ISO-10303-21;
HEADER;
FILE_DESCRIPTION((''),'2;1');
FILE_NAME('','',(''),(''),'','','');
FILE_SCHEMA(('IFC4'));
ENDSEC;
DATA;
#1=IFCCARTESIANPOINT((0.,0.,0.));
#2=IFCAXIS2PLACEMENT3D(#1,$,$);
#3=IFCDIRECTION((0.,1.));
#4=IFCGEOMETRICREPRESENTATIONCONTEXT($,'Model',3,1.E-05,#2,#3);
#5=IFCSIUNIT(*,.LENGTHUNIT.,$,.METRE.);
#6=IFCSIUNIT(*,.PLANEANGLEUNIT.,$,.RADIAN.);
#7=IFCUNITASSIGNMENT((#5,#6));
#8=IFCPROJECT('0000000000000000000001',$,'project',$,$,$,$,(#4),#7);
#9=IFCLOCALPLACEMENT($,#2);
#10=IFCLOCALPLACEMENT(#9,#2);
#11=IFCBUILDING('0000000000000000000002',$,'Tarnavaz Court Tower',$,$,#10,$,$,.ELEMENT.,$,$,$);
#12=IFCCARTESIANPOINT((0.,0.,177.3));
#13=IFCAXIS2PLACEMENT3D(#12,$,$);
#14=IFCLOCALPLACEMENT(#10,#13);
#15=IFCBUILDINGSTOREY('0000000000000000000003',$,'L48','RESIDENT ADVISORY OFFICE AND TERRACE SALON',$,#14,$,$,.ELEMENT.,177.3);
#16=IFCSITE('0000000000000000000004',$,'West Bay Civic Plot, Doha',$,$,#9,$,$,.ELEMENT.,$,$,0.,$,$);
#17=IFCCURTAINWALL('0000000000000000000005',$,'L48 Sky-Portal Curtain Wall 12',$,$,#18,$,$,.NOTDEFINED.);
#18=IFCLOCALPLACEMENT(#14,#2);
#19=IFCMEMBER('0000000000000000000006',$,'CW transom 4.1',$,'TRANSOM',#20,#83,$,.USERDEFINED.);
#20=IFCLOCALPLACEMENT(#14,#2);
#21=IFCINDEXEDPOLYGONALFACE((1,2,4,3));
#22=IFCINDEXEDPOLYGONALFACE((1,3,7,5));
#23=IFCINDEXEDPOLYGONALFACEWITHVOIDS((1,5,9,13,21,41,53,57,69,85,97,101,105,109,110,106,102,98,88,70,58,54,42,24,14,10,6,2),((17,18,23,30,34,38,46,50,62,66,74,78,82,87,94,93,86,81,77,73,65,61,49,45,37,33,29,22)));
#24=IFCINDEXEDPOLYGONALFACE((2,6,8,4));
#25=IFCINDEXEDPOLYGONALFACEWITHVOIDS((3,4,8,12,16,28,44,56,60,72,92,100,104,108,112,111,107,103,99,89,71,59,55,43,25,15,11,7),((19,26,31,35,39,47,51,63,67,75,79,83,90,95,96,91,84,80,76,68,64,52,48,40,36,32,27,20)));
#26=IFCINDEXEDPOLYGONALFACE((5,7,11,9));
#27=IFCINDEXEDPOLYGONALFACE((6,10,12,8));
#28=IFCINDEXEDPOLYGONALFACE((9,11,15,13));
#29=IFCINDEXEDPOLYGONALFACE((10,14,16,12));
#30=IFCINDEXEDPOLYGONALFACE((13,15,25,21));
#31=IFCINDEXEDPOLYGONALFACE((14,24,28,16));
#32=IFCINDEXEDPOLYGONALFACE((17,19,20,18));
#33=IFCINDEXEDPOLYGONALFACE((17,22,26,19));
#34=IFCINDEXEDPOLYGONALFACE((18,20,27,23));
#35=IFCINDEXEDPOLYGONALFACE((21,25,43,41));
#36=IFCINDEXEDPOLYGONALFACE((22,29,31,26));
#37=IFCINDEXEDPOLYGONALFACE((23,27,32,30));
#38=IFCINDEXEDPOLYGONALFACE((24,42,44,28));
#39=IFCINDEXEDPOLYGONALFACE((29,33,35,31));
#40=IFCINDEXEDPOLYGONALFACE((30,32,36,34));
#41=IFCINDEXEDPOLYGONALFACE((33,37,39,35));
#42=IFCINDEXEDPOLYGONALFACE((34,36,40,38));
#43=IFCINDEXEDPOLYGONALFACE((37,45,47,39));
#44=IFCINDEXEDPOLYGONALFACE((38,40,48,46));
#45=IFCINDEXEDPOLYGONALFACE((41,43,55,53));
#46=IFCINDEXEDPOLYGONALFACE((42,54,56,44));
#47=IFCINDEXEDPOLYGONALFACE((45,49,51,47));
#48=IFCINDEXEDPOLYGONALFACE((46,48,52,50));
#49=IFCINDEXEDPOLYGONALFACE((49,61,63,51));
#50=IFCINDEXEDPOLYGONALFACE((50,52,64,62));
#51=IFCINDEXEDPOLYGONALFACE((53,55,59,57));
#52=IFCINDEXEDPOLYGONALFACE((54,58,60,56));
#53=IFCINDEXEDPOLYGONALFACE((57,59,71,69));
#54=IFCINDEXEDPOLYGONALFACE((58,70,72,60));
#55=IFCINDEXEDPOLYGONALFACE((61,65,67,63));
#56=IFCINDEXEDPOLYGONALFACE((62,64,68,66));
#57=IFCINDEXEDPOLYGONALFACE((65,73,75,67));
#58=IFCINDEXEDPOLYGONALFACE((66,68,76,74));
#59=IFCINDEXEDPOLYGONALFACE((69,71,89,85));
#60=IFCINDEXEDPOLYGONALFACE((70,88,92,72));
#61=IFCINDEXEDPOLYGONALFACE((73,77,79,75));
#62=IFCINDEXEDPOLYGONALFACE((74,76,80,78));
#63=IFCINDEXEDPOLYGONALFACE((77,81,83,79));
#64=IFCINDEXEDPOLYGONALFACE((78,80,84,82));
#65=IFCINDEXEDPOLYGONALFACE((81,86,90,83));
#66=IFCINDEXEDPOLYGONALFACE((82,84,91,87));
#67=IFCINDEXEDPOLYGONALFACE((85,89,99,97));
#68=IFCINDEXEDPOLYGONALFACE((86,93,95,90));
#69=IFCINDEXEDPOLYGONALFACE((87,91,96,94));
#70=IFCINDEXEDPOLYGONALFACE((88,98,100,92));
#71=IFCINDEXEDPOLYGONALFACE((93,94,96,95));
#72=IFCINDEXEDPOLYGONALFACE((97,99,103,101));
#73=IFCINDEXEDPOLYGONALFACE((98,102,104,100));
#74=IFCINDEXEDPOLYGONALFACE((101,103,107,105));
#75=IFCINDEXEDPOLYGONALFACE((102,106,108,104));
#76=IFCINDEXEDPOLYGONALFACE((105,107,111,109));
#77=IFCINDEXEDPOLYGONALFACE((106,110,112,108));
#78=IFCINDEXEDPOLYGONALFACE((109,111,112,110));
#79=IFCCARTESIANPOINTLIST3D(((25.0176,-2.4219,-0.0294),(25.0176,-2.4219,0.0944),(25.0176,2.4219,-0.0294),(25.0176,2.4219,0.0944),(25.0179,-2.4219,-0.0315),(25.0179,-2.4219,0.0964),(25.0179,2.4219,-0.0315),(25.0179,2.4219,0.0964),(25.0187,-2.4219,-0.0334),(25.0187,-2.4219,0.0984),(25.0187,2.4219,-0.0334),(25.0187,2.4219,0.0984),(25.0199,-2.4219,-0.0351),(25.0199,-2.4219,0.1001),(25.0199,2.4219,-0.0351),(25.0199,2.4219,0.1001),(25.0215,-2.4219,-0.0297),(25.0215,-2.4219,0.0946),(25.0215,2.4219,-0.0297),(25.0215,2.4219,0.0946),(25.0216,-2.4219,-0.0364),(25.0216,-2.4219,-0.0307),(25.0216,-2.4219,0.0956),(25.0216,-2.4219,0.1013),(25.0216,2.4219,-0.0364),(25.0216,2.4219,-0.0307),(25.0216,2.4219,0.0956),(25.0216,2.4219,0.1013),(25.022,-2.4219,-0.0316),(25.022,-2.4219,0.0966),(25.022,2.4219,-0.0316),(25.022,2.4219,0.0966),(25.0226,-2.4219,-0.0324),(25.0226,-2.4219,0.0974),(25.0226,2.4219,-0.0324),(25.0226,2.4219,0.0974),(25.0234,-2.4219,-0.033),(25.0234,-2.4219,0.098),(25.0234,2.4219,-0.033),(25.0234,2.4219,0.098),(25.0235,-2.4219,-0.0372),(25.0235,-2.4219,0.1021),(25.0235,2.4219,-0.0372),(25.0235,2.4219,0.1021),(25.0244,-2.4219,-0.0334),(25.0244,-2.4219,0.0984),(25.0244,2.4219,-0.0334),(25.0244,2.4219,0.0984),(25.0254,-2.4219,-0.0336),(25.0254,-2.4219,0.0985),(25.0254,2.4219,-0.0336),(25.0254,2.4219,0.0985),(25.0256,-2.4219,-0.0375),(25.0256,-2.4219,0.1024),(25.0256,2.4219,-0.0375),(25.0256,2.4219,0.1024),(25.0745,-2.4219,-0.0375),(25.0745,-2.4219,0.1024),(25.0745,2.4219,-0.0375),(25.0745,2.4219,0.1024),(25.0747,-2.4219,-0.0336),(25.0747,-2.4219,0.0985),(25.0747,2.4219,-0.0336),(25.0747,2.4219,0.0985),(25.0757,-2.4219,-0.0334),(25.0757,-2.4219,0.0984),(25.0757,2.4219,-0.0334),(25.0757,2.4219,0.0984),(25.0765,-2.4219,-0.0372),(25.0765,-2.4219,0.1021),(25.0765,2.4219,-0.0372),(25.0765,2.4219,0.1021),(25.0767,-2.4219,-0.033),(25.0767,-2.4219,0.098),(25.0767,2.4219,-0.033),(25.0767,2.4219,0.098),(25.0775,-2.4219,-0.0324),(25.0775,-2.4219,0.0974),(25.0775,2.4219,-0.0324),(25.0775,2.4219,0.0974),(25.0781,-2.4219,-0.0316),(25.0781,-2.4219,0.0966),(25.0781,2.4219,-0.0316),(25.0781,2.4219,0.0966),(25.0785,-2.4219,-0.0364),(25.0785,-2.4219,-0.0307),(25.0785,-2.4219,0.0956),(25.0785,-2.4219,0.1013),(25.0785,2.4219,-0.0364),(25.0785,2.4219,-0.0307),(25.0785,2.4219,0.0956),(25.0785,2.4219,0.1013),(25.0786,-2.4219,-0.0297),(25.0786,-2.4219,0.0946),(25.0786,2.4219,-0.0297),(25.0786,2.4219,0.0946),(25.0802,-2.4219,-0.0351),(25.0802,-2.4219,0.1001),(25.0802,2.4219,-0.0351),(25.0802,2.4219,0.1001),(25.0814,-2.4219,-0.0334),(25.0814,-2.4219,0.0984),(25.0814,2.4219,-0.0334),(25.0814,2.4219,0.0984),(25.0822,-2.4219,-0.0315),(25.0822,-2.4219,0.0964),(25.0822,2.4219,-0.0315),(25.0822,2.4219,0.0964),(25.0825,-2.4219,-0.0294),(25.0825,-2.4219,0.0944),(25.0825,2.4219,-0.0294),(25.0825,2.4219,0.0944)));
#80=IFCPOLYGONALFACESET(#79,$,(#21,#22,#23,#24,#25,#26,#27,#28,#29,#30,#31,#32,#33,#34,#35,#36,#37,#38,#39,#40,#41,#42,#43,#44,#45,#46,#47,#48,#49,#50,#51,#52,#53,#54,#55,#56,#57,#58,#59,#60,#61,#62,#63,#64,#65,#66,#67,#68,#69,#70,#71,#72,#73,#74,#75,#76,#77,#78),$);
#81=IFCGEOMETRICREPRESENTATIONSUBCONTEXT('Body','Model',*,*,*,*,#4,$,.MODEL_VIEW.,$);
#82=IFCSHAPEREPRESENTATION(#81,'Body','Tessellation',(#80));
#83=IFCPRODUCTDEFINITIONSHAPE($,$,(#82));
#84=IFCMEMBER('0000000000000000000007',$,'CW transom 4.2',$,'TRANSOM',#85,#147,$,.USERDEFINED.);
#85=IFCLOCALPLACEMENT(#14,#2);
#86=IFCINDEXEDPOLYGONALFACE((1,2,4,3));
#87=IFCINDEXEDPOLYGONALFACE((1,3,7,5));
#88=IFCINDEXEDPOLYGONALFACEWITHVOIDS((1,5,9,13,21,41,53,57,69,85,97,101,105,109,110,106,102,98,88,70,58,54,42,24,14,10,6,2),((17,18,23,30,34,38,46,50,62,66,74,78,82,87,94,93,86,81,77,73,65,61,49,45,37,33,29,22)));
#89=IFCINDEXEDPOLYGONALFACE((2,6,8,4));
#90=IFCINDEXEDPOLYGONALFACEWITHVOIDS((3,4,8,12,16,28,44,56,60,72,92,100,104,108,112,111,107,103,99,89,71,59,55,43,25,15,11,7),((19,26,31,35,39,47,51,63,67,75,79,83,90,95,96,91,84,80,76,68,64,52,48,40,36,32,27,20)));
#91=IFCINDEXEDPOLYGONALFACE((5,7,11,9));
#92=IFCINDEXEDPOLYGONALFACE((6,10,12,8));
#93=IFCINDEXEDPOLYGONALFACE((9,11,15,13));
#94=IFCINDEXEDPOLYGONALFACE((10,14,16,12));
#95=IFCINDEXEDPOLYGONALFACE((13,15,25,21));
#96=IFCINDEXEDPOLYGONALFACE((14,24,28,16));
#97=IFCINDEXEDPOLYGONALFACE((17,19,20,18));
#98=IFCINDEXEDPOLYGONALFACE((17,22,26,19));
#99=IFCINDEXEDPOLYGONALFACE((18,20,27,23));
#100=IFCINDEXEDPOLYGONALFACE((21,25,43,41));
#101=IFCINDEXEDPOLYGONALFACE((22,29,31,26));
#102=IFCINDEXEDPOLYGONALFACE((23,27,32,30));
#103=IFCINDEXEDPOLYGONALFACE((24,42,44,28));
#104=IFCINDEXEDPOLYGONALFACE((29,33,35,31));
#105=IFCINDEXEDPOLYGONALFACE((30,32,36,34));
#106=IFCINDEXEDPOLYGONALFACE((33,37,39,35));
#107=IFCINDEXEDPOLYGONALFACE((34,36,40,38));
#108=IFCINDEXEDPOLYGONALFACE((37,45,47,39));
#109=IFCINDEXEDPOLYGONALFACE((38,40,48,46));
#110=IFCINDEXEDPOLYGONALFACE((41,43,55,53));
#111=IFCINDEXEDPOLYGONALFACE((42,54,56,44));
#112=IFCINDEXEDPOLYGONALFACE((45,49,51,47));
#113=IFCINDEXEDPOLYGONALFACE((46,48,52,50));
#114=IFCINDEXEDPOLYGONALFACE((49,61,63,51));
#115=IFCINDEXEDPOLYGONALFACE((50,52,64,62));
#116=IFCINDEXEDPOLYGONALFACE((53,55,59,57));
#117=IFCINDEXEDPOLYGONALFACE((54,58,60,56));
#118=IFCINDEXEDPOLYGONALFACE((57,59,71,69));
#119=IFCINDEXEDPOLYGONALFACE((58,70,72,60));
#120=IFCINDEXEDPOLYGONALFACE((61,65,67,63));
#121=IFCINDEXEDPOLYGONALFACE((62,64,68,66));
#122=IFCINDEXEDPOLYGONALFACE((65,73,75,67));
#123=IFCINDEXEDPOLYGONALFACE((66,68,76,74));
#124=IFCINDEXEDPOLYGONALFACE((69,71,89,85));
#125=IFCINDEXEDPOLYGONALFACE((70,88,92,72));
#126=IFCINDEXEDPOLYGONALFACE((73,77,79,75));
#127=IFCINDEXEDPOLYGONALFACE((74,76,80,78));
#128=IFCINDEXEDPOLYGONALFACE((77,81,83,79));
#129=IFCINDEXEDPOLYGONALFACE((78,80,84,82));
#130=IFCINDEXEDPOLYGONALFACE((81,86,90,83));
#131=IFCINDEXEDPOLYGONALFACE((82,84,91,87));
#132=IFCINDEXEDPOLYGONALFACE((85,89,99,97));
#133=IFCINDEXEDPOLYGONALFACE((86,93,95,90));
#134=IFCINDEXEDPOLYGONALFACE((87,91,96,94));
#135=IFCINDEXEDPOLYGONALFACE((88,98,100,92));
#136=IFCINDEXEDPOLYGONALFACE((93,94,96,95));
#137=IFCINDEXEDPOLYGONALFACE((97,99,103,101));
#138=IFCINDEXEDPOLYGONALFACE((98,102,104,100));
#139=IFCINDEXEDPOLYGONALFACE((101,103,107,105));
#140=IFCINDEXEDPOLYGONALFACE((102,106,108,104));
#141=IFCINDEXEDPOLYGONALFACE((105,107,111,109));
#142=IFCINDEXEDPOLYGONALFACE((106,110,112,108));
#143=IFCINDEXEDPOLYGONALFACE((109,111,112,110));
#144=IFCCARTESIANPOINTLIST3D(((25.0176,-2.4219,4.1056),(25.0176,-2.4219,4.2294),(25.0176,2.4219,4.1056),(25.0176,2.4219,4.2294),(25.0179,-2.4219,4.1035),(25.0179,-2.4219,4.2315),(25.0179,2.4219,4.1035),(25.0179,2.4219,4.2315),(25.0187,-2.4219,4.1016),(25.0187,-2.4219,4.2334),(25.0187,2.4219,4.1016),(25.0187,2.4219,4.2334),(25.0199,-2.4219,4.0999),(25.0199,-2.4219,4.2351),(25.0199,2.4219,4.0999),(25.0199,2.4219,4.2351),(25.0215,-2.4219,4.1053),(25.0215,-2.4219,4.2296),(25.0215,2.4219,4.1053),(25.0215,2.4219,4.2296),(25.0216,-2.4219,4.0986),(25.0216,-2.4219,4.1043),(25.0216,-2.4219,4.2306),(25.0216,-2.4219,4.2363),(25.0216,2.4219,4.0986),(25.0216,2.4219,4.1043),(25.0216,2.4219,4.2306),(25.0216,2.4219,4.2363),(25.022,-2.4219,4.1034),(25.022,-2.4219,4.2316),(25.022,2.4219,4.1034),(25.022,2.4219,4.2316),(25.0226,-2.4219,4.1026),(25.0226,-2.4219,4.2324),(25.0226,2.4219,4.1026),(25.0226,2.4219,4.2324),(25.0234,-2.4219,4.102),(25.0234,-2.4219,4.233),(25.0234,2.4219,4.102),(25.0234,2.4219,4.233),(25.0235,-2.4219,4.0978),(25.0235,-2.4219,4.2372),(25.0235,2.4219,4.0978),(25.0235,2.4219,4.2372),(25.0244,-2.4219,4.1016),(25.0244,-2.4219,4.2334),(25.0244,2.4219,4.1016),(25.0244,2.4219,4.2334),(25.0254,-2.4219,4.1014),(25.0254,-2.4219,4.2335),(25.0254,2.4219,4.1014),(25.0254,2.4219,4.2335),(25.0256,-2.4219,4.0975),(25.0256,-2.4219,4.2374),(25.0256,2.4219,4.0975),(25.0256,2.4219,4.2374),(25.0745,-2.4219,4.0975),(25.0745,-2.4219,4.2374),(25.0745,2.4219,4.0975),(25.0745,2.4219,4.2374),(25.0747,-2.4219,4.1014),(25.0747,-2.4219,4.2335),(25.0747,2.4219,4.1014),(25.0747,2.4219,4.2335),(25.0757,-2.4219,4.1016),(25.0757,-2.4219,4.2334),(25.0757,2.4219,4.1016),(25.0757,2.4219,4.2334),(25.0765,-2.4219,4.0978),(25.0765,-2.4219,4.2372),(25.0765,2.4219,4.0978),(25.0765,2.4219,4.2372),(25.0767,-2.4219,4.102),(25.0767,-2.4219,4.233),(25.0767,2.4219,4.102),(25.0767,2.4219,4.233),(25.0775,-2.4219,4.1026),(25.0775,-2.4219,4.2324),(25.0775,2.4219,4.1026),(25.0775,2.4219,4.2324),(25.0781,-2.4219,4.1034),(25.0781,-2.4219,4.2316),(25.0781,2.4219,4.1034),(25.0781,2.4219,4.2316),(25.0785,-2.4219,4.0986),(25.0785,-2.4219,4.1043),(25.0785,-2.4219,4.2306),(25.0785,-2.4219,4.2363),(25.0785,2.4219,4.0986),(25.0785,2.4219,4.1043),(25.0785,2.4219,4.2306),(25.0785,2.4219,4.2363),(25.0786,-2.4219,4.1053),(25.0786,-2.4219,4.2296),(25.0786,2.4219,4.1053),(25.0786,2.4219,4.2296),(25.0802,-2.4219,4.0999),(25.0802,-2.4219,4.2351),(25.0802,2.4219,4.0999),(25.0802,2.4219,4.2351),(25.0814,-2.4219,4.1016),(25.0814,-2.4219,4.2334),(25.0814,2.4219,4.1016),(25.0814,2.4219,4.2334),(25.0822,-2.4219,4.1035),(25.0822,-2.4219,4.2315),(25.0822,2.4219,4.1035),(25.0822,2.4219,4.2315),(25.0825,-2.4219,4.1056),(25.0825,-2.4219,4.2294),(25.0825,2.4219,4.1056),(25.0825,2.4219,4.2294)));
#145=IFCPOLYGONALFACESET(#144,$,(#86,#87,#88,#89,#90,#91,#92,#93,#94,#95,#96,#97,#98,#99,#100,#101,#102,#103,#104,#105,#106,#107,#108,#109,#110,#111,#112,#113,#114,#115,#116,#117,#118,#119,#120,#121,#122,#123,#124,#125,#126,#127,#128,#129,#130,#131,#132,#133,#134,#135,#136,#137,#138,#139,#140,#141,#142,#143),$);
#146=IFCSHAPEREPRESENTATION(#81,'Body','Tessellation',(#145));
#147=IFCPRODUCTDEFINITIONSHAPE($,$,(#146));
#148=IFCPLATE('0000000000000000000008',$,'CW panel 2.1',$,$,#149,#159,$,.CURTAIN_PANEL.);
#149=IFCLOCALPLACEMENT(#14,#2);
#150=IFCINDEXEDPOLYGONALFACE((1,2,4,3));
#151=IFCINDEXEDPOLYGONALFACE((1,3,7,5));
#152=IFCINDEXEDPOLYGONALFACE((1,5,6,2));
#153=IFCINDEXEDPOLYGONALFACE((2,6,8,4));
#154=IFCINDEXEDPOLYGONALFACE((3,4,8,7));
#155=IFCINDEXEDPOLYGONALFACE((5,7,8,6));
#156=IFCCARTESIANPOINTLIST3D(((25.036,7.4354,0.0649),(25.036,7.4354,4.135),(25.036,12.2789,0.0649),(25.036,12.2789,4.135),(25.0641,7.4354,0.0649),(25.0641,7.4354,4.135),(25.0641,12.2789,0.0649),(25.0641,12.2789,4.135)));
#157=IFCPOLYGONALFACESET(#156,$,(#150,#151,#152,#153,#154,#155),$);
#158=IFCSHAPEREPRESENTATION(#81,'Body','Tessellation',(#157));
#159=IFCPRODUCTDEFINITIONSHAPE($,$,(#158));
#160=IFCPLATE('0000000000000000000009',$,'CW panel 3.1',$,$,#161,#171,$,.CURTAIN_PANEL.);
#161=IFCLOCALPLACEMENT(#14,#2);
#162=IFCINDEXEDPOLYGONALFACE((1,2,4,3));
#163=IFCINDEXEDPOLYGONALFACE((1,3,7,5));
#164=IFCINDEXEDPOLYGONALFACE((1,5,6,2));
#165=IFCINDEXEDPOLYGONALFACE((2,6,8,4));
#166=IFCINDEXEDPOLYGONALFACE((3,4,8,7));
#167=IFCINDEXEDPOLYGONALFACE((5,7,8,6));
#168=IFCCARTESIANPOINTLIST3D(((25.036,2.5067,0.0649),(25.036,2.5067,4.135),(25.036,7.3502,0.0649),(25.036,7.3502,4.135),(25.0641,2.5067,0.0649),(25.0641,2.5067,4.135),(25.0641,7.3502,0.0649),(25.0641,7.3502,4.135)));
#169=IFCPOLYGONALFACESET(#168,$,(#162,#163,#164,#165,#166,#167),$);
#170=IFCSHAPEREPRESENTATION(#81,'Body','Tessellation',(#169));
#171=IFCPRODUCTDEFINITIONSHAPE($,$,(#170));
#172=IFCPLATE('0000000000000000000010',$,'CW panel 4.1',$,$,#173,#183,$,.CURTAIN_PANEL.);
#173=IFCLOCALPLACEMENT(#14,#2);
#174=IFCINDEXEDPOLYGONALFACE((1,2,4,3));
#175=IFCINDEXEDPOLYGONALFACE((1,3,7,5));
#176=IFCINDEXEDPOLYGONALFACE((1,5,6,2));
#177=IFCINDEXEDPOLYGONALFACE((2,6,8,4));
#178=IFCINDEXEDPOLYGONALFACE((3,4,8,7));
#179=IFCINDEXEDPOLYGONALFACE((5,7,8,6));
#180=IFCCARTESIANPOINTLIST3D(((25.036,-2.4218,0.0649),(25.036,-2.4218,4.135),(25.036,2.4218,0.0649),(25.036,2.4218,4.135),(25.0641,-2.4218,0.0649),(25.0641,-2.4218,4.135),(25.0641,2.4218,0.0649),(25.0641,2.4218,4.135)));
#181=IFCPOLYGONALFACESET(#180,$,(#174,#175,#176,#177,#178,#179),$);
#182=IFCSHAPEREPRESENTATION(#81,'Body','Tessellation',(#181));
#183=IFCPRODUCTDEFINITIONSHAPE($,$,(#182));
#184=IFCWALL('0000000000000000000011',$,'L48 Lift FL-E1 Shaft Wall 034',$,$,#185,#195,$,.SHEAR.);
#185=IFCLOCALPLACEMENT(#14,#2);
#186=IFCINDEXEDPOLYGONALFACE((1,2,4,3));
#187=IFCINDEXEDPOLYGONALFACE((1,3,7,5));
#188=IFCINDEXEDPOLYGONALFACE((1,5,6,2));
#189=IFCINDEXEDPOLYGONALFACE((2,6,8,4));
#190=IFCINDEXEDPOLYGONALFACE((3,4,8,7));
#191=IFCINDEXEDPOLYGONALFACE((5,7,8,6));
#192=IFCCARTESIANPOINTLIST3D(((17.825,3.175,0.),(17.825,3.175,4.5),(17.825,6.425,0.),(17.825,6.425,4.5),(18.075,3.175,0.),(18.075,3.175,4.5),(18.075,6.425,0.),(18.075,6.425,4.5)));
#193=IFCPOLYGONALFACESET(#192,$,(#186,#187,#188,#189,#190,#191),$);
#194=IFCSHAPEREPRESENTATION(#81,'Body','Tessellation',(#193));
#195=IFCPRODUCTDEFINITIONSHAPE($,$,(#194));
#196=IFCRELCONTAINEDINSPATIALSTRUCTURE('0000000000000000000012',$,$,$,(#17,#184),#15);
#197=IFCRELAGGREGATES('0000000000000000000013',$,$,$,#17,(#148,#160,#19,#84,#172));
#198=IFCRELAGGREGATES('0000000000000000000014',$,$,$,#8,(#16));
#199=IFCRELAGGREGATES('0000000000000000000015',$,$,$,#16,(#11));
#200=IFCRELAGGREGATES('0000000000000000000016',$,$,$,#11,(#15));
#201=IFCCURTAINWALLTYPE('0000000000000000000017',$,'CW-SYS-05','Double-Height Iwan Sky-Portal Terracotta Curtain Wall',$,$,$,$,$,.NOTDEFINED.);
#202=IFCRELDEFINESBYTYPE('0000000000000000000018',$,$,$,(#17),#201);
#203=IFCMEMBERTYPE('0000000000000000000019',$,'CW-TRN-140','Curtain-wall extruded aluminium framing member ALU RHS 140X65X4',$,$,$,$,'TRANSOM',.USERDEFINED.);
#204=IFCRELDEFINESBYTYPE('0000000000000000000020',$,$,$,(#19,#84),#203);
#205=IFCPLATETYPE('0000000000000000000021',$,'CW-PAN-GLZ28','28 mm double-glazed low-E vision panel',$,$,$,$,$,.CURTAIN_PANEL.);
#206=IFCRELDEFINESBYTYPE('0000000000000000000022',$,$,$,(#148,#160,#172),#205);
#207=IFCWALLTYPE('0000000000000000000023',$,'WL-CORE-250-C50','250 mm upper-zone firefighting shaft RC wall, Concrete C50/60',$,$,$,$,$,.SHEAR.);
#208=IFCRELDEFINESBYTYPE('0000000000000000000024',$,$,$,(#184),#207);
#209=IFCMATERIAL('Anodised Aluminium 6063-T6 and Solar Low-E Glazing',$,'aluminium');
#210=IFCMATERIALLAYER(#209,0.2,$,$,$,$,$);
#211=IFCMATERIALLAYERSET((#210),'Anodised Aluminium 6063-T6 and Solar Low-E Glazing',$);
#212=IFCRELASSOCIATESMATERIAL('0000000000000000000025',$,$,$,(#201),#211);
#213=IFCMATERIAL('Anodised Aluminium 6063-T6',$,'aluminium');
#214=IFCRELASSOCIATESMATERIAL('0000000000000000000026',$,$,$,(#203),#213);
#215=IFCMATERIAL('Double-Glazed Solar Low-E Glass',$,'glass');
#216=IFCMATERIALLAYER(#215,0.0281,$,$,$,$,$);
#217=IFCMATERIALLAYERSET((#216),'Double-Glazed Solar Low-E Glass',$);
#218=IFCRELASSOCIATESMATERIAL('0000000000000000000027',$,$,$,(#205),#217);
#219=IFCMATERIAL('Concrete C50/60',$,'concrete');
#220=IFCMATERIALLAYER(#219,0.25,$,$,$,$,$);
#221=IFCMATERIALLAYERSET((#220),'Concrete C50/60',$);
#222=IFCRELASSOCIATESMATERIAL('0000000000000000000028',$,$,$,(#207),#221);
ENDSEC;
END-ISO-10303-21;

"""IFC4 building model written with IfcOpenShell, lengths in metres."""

from ifc_helpers import new_model, si_unit, direction, frame, frame_2d, origin, origin_2d, place, context, subcontext, project, spatial, rectangle, hollow_rectangle, extrude, material, layer, layer_set, material_profile, profile_set, type_object, element, aggregate, save


model = new_model("IFC4")

# Units and contexts
model_context = context("Model", 3, precision=1e-05, world=origin(), true_north=direction((0.0, 1.0)))
body_context = subcontext(model_context, "Body", "Model", "MODEL_VIEW")
ifc_project = project(units=[si_unit("LENGTHUNIT", "METRE"), si_unit("PLANEANGLEUNIT", "RADIAN")], contexts=[model_context])

# Site, building, storey
site_placement = place(None, origin())
site = spatial("IfcSite", under=ifc_project, at=site_placement, Name="West Bay Civic Plot, Doha", CompositionType="ELEMENT", RefElevation=0.0)
building_placement = place(site_placement, origin())
building = spatial("IfcBuilding", under=site, at=building_placement, Name="Tarnavaz Court Tower", CompositionType="ELEMENT")
storey_placement = place(building_placement, frame((0.0, 0.0, 177.3)))
storey = spatial("IfcBuildingStorey", under=building, at=storey_placement, Name="L48", Description="RESIDENT ADVISORY OFFICE AND TERRACE SALON", CompositionType="ELEMENT", Elevation=177.3)

# Shared definitions
ifc_material_1 = material(Name="Concrete C50/60", Category="concrete")

# Curtain wall, members, plates
ifc_material_2 = material(Name="Anodised Aluminium 6063-T6 and Solar Low-E Glazing", Category="aluminium")
ifc_layer_1 = layer(ifc_material_2, 0.2)
ifc_layer_set_1 = layer_set([ifc_layer_1], Name="Anodised Aluminium 6063-T6 and Solar Low-E Glazing")
curtain_wall_type = type_object("IfcCurtainWallType", Name="CW-SYS-05", Description="Double-Height Iwan Sky-Portal Terracotta Curtain Wall", PredefinedType="NOTDEFINED", material=ifc_layer_set_1)
curtain_wall_placement = place(storey_placement, origin())
curtain_wall = element("IfcCurtainWall", 1, at=curtain_wall_placement, inside=storey, type_object=curtain_wall_type, Name="L48 Sky-Portal Curtain Wall 12", PredefinedType="NOTDEFINED")
ifc_material_3 = material(Name="Anodised Aluminium 6063-T6", Category="aluminium")
ifc_material_profile_1 = material_profile(ifc_material_3, hollow_rectangle(XDim=0.0649, YDim=0.1399, WallThickness=0.0039, InnerFilletRadius=0.0039, OuterFilletRadius=0.0081, at=origin_2d()), Name="ALU RHS 140X65X4")
ifc_profile_set_1 = profile_set([ifc_material_profile_1], Name="Anodised Aluminium 6063-T6")
member_type_1 = type_object("IfcMemberType", Name="CW-TRN-140", Description="Curtain-wall extruded aluminium framing member ALU RHS 140X65X4", ElementType="TRANSOM", PredefinedType="USERDEFINED", material=ifc_profile_set_1)
member_1_placement = place(storey_placement, frame((25.05, 2.4219, 0.0325), z_axis=(0.0, -1.0, 0.0), x_axis=(1.0, 0.0, 0.0)))
member_1 = element("IfcMember", 2, at=member_1_placement, type_object=member_type_1, Name="CW transom 4.1", ObjectType="TRANSOM", PredefinedType="USERDEFINED", context=body_context, shape_type="SweptSolid", body=[
    extrude(hollow_rectangle(XDim=0.0649, YDim=0.1399, WallThickness=0.0039, InnerFilletRadius=0.0039, OuterFilletRadius=0.0081, at=origin_2d()), origin(), (0.0, 0.0, 1.0), 4.8438),
])
member_2_placement = place(storey_placement, frame((25.05, 2.4219, 4.1675), z_axis=(0.0, -1.0, 0.0), x_axis=(1.0, 0.0, 0.0)))
member_2 = element("IfcMember", 3, at=member_2_placement, type_object=member_type_1, Name="CW transom 4.2", ObjectType="TRANSOM", PredefinedType="USERDEFINED", context=body_context, shape_type="SweptSolid", body=[
    extrude(hollow_rectangle(XDim=0.0649, YDim=0.1399, WallThickness=0.0039, InnerFilletRadius=0.0039, OuterFilletRadius=0.0081, at=origin_2d()), origin(), (0.0, 0.0, 1.0), 4.8438),
])
ifc_material_4 = material(Name="Double-Glazed Solar Low-E Glass", Category="glass")
ifc_layer_2 = layer(ifc_material_4, 0.0281)
ifc_layer_set_2 = layer_set([ifc_layer_2], Name="Double-Glazed Solar Low-E Glass")
plate_type = type_object("IfcPlateType", Name="CW-PAN-GLZ28", Description="28 mm double-glazed low-E vision panel", PredefinedType="CURTAIN_PANEL", material=ifc_layer_set_2)
plate_1_placement = place(storey_placement, frame((25.05, 9.8572, 0.0649), z_axis=(0.0, 0.0, 1.0), x_axis=(0.0, -1.0, 0.0)))
plate_1 = element("IfcPlate", 4, at=plate_1_placement, type_object=plate_type, Name="CW panel 2.1", PredefinedType="CURTAIN_PANEL", context=body_context, shape_type="SweptSolid", body=[
    extrude(rectangle(XDim=4.8435, YDim=0.0281, at=origin_2d()), origin(), (0.0, 0.0, 1.0), 4.0701),
])
plate_2_placement = place(storey_placement, frame((25.05, 4.9285, 0.0649), z_axis=(0.0, 0.0, 1.0), x_axis=(0.0, -1.0, 0.0)))
plate_2 = element("IfcPlate", 5, at=plate_2_placement, type_object=plate_type, Name="CW panel 3.1", PredefinedType="CURTAIN_PANEL", context=body_context, shape_type="SweptSolid", body=[
    extrude(rectangle(XDim=4.8435, YDim=0.0281, at=origin_2d()), origin(), (0.0, 0.0, 1.0), 4.0701),
])
plate_3_placement = place(storey_placement, frame((25.05, 0.0, 0.0649), z_axis=(0.0, 0.0, 1.0), x_axis=(0.0, -1.0, 0.0)))
plate_3 = element("IfcPlate", 6, at=plate_3_placement, type_object=plate_type, Name="CW panel 4.1", PredefinedType="CURTAIN_PANEL", context=body_context, shape_type="SweptSolid", body=[
    extrude(rectangle(XDim=4.8435, YDim=0.0281, at=origin_2d()), origin(), (0.0, 0.0, 1.0), 4.0701),
])
aggregate(curtain_wall, [plate_1, plate_2, member_1, member_2, plate_3])

# Shared definitions
ifc_layer_3 = layer(ifc_material_1, 0.25)
ifc_layer_set_3 = layer_set([ifc_layer_3], Name="Concrete C50/60")
wall_type_1 = type_object("IfcWallType", Name="WL-CORE-250-C50", Description="250 mm upper-zone firefighting shaft RC wall, Concrete C50/60", PredefinedType="SHEAR", material=ifc_layer_set_3)

# Wall
wall_1_placement = place(storey_placement, frame((17.95, 3.175, 0.0), z_axis=(0.0, 0.0, 1.0), x_axis=(0.0, 1.0, 0.0)))
element("IfcWall", 7, at=wall_1_placement, inside=storey, type_object=wall_type_1, Name="L48 Lift FL-E1 Shaft Wall 034", PredefinedType="SHEAR", context=body_context, shape_type="SweptSolid", body=[
    extrude(rectangle(XDim=3.25, YDim=0.25, at=frame_2d((1.625, 0.0))), origin(), (0.0, 0.0, 1.0), 4.5),
])

save(model, "model.ifc")
